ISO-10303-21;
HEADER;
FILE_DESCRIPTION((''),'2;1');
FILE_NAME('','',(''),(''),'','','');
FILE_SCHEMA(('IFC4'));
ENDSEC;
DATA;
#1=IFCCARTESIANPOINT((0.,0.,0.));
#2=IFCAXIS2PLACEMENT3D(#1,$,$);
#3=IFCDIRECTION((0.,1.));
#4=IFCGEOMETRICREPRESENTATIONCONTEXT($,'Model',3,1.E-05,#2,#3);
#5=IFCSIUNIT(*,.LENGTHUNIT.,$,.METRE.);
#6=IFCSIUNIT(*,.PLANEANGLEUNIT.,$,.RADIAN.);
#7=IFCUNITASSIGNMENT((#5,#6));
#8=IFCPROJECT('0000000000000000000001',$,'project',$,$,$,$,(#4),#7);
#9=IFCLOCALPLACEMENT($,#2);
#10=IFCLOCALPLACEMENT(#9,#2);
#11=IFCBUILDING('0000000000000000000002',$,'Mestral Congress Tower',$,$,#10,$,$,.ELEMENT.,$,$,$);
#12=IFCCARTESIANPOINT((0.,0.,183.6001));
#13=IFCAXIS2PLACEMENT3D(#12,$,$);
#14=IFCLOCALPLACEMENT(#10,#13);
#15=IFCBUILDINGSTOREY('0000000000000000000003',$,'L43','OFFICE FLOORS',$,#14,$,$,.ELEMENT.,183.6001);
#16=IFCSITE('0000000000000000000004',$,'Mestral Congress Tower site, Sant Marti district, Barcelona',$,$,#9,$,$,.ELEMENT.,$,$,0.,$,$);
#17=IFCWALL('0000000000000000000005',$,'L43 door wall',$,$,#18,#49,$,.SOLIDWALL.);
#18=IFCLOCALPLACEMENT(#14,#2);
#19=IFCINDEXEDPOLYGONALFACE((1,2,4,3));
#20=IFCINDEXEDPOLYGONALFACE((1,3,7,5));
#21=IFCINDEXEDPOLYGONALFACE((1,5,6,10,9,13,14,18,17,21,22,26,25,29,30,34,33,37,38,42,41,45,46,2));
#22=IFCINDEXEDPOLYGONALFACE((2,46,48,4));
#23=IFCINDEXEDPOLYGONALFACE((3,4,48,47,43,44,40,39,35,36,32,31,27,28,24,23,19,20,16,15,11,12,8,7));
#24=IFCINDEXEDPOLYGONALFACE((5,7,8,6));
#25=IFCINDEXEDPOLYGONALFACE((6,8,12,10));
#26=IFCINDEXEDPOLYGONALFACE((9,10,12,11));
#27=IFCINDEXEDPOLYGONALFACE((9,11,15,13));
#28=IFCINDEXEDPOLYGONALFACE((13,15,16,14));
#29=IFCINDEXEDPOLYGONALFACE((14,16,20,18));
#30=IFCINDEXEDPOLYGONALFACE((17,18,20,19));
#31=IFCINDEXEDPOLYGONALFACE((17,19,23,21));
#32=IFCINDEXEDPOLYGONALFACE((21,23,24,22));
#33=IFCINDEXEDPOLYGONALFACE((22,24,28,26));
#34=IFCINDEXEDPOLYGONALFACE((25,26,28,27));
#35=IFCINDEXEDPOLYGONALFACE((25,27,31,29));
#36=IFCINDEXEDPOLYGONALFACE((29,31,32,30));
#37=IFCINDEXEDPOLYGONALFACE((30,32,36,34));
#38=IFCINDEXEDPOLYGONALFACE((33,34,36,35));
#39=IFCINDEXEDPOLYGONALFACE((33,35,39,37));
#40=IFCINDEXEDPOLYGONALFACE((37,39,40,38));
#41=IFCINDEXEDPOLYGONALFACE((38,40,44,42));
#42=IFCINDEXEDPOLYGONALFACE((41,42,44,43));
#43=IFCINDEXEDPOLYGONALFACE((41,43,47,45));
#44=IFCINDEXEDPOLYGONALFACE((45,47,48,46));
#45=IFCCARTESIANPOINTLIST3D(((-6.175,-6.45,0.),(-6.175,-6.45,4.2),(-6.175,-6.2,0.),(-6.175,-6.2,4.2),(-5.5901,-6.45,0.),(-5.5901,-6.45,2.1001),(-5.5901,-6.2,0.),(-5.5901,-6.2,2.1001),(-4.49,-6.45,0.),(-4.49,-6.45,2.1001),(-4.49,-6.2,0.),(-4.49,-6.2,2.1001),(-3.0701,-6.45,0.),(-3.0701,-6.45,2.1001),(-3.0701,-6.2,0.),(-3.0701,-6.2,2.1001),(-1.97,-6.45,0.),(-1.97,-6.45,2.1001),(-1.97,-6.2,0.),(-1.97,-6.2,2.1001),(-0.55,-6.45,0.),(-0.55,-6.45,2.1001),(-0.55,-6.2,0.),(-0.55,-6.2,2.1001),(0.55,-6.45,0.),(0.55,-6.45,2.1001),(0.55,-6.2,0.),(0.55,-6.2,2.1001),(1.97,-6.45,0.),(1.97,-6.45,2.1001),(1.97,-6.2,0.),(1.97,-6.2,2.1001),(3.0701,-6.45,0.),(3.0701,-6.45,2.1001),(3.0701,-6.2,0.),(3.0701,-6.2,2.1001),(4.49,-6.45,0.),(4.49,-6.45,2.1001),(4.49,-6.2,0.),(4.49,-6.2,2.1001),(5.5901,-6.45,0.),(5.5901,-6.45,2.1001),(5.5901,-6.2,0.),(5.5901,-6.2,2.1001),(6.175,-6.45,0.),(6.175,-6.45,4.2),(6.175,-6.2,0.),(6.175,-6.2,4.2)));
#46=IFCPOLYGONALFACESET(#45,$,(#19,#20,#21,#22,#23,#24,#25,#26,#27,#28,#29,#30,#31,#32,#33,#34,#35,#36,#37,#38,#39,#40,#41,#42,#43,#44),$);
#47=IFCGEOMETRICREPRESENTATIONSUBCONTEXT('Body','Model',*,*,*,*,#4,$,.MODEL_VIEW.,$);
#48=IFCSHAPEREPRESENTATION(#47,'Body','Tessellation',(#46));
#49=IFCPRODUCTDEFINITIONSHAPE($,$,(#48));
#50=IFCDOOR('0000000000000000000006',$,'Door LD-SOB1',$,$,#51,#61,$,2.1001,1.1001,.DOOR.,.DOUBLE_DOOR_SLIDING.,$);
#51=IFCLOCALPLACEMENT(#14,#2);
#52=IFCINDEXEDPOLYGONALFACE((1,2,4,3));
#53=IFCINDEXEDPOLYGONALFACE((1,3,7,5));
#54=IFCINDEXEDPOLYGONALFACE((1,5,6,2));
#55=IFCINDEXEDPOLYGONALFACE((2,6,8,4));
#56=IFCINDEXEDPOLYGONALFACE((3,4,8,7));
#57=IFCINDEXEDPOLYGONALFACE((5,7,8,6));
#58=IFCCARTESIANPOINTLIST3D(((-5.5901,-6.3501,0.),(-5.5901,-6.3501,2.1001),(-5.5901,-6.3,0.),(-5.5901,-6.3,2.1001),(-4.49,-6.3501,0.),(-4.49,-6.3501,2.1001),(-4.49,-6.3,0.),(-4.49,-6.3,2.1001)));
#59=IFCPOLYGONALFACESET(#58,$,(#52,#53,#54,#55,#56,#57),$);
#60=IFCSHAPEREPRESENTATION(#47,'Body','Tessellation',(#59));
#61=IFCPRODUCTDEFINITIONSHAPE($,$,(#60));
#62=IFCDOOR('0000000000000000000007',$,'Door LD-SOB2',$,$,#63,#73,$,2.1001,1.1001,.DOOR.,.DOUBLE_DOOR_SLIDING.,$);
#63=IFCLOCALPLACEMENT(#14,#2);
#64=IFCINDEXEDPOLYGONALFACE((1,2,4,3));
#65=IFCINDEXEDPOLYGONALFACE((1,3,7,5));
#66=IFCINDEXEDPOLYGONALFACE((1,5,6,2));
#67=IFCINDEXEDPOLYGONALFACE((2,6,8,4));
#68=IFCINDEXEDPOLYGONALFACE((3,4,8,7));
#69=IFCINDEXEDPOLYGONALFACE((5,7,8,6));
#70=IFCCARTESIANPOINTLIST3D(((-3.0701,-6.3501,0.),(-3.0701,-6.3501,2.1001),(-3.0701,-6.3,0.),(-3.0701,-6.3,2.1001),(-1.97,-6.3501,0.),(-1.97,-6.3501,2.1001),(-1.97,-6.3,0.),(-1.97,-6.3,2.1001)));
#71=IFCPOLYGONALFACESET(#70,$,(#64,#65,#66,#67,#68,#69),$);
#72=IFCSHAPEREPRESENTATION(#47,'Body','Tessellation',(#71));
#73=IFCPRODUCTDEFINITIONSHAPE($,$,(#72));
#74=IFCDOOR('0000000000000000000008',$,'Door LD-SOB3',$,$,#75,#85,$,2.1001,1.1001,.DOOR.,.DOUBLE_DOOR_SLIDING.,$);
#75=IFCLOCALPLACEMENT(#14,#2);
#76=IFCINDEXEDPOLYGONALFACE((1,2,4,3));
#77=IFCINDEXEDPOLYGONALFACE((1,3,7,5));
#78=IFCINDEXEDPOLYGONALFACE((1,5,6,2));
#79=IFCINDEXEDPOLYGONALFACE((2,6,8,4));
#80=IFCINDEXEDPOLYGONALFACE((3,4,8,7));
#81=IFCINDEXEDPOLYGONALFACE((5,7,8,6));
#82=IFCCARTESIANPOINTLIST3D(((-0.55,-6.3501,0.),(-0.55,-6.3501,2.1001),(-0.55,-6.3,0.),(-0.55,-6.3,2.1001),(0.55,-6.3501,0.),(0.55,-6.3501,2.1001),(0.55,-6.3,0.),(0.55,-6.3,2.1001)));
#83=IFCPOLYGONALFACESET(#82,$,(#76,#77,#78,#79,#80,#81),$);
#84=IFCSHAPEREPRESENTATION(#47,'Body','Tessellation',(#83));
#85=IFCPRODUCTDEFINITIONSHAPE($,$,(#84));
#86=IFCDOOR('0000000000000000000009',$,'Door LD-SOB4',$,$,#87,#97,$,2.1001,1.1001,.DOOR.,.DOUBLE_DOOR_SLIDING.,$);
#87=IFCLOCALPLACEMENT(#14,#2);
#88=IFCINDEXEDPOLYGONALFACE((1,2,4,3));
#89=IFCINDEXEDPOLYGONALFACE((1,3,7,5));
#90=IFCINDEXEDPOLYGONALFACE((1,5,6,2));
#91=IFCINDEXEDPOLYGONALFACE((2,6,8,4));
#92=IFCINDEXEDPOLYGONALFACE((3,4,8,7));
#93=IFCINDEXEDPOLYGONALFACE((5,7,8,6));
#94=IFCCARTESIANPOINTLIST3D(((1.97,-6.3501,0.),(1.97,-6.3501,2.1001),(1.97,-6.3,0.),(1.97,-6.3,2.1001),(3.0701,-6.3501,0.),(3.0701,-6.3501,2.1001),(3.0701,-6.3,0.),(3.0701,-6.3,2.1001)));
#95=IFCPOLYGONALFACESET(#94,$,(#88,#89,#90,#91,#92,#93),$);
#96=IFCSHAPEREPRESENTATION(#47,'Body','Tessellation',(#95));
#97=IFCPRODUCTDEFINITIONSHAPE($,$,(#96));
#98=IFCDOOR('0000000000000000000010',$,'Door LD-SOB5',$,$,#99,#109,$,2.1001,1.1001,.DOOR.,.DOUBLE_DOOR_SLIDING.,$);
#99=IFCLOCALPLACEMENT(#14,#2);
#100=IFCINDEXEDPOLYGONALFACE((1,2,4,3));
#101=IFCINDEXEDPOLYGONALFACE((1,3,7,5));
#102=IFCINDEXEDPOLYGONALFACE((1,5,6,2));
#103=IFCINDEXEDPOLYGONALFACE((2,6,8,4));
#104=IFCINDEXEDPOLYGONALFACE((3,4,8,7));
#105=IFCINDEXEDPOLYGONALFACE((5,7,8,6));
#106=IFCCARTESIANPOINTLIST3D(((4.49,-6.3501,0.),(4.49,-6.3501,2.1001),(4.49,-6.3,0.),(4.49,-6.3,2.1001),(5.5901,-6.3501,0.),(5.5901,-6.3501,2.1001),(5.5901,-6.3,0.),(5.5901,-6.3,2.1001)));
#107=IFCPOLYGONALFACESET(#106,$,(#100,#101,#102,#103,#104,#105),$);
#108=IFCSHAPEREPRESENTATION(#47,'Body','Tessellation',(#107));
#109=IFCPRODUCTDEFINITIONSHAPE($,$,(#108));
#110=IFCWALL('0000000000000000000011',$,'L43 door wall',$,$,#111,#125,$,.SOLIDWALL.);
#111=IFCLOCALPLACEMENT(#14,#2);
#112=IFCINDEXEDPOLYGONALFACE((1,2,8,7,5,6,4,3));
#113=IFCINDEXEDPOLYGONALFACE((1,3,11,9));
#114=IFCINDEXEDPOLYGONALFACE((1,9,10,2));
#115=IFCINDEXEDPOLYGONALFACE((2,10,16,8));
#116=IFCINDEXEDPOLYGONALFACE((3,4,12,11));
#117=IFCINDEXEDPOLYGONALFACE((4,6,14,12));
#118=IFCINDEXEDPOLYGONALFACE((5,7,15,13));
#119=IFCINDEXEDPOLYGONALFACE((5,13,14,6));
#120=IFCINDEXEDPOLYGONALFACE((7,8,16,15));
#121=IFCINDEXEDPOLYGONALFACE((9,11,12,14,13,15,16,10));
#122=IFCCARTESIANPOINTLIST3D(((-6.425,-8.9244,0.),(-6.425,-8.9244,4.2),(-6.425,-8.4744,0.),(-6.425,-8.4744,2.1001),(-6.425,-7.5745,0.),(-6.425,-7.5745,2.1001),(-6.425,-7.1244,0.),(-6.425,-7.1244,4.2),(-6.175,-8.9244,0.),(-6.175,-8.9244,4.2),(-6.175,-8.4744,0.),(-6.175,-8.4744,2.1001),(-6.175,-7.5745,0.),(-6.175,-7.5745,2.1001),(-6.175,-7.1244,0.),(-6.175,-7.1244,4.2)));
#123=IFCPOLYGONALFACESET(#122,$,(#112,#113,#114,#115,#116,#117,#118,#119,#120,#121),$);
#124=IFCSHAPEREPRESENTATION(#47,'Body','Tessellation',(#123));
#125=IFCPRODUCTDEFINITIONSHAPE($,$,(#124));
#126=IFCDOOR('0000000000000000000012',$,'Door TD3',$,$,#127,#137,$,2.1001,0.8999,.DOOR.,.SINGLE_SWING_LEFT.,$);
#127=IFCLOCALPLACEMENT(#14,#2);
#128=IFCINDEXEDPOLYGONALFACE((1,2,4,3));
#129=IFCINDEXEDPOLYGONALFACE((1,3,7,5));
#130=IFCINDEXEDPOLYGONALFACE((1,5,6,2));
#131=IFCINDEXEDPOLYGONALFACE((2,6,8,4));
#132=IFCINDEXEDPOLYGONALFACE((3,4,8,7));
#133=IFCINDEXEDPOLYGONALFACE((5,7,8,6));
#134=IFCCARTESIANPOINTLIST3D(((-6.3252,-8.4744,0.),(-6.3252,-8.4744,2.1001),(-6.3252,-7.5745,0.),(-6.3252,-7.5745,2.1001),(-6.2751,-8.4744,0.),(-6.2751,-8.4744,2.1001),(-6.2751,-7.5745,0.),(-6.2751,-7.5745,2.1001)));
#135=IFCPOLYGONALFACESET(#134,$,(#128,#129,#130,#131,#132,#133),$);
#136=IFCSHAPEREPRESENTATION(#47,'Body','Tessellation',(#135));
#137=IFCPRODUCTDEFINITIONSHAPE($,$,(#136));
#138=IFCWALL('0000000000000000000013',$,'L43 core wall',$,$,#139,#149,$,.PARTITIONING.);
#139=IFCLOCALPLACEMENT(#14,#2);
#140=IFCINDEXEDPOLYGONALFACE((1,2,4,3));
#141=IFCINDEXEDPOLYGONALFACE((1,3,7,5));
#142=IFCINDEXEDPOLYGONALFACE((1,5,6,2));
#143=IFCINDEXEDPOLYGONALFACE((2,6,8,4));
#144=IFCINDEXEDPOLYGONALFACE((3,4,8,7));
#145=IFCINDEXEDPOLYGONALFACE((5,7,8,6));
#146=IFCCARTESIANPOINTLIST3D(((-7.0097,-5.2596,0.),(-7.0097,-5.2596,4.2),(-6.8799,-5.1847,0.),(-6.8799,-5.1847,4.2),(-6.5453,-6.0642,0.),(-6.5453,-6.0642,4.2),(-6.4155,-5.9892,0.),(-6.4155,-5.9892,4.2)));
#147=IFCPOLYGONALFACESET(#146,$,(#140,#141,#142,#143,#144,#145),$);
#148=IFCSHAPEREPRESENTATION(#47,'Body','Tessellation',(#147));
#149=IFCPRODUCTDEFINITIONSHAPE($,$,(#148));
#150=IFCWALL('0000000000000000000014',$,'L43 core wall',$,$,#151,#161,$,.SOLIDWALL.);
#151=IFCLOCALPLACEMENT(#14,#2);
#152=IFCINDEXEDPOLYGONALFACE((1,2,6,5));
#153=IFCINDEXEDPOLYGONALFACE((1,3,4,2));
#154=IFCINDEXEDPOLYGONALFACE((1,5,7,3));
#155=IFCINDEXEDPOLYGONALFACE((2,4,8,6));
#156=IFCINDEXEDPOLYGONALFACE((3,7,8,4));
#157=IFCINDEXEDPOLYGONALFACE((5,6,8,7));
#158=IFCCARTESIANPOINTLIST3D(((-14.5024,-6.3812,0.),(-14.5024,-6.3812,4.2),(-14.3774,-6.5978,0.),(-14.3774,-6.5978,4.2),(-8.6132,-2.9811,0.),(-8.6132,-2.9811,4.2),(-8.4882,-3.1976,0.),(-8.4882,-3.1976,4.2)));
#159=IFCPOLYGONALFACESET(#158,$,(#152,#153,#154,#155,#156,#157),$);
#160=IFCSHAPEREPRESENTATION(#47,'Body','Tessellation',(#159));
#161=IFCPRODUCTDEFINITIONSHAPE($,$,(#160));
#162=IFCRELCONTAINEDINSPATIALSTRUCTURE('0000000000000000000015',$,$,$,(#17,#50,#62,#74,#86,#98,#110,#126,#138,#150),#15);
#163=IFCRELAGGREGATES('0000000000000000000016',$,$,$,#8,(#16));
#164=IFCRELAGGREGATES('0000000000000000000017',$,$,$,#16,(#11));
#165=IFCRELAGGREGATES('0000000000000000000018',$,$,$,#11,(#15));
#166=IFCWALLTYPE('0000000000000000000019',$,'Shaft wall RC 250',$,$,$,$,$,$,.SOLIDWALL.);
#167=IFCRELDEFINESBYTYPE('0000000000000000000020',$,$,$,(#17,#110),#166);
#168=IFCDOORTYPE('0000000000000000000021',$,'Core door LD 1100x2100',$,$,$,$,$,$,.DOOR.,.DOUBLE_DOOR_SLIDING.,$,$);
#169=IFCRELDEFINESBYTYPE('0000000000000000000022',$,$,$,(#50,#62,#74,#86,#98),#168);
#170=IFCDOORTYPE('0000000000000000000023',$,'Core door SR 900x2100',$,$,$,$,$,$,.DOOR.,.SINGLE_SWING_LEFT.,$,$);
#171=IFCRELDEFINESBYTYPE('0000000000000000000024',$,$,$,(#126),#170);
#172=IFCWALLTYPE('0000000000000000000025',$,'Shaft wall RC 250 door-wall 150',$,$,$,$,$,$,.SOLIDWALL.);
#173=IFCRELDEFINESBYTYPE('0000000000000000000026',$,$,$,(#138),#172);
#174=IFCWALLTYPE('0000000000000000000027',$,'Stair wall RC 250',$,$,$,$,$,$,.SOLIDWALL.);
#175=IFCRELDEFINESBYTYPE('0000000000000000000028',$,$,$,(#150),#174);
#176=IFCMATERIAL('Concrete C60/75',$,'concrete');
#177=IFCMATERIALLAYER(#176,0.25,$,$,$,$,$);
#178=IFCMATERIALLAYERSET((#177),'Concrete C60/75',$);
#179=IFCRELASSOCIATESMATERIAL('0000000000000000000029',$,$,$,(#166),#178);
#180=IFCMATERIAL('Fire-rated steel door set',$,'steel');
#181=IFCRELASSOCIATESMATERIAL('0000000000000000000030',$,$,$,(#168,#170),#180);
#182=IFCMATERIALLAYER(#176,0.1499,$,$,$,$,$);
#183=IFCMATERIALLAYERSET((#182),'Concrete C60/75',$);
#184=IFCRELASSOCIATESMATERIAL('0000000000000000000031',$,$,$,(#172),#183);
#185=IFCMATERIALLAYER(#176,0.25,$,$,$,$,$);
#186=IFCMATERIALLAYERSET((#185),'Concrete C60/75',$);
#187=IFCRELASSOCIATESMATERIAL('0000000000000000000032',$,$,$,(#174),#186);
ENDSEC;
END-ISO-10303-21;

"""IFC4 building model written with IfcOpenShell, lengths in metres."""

from ifc_helpers import new_model, si_unit, direction, frame, frame_2d, origin, place, context, subcontext, project, spatial, rectangle, extrude, material, layer, layer_set, type_object, element, fill, save


model = new_model("IFC4")

# Units and contexts
model_context = context("Model", 3, precision=1e-05, world=origin(), true_north=direction((0.0, 1.0)))
body_context = subcontext(model_context, "Body", "Model", "MODEL_VIEW")
ifc_project = project(units=[si_unit("LENGTHUNIT", "METRE"), si_unit("PLANEANGLEUNIT", "RADIAN")], contexts=[model_context])

# Site, building, storey
site_placement = place(None, origin())
site = spatial("IfcSite", under=ifc_project, at=site_placement, Name="Mestral Congress Tower site, Sant Marti district, Barcelona", CompositionType="ELEMENT", RefElevation=0.0)
building_placement = place(site_placement, origin())
building = spatial("IfcBuilding", under=site, at=building_placement, Name="Mestral Congress Tower", CompositionType="ELEMENT")
storey_placement = place(building_placement, frame((0.0, 0.0, 183.6001)))
storey = spatial("IfcBuildingStorey", under=building, at=storey_placement, Name="L43", Description="OFFICE FLOORS", CompositionType="ELEMENT", Elevation=183.6001)

# Shared definitions
ifc_material_1 = material(Name="Fire-rated steel door set", Category="steel")

# Shared definitions
ifc_material_2 = material(Name="Concrete C60/75", Category="concrete")
ifc_layer_1 = layer(ifc_material_2, 0.25)
ifc_layer_set_1 = layer_set([ifc_layer_1], Name="Concrete C60/75")
wall_type_1 = type_object("IfcWallType", Name="Shaft wall RC 250", PredefinedType="SOLIDWALL", material=ifc_layer_set_1)

# Wall, openings, doors
wall_1_placement = place(storey_placement, frame((-6.175, -6.325, 0.0), z_axis=(0.0, 0.0, 1.0), x_axis=(1.0, 0.0, 0.0)))
wall_1 = element("IfcWall", 1, at=wall_1_placement, inside=storey, type_object=wall_type_1, Name="L43 door wall", PredefinedType="SOLIDWALL", context=body_context, shape_type="SweptSolid", body=[
    extrude(rectangle(XDim=12.3501, YDim=0.25, at=frame_2d((6.175, 0.0))), origin(), (0.0, 0.0, 1.0), 4.2),
])
opening_1_placement = place(wall_1_placement, frame((0.585, 0.0, 0.0)))
opening_1 = element("IfcOpeningElement", 2, at=opening_1_placement, cuts=wall_1, PredefinedType="OPENING", context=body_context, shape_type="SweptSolid", body=[
    extrude(rectangle(XDim=1.1001, YDim=2.1001, at=frame_2d((0.55, 1.05))), frame((0.0, 0.135, 0.0), z_axis=(0.0, -1.0, 0.0), x_axis=(1.0, 0.0, 0.0)), (0.0, 0.0, 1.0), 0.27),
])
opening_2_placement = place(wall_1_placement, frame((3.105, 0.0, 0.0)))
opening_2 = element("IfcOpeningElement", 3, at=opening_2_placement, cuts=wall_1, PredefinedType="OPENING", context=body_context, shape_type="SweptSolid", body=[
    extrude(rectangle(XDim=1.1001, YDim=2.1001, at=frame_2d((0.55, 1.05))), frame((0.0, 0.135, 0.0), z_axis=(0.0, -1.0, 0.0), x_axis=(1.0, 0.0, 0.0)), (0.0, 0.0, 1.0), 0.27),
])
opening_3_placement = place(wall_1_placement, frame((5.625, 0.0, 0.0)))
opening_3 = element("IfcOpeningElement", 4, at=opening_3_placement, cuts=wall_1, PredefinedType="OPENING", context=body_context, shape_type="SweptSolid", body=[
    extrude(rectangle(XDim=1.1001, YDim=2.1001, at=frame_2d((0.55, 1.05))), frame((0.0, 0.135, 0.0), z_axis=(0.0, -1.0, 0.0), x_axis=(1.0, 0.0, 0.0)), (0.0, 0.0, 1.0), 0.27),
])
opening_4_placement = place(wall_1_placement, frame((8.145, 0.0, 0.0)))
opening_4 = element("IfcOpeningElement", 5, at=opening_4_placement, cuts=wall_1, PredefinedType="OPENING", context=body_context, shape_type="SweptSolid", body=[
    extrude(rectangle(XDim=1.1001, YDim=2.1001, at=frame_2d((0.55, 1.05))), frame((0.0, 0.135, 0.0), z_axis=(0.0, -1.0, 0.0), x_axis=(1.0, 0.0, 0.0)), (0.0, 0.0, 1.0), 0.27),
])
opening_5_placement = place(wall_1_placement, frame((10.665, 0.0, 0.0)))
opening_5 = element("IfcOpeningElement", 6, at=opening_5_placement, cuts=wall_1, PredefinedType="OPENING", context=body_context, shape_type="SweptSolid", body=[
    extrude(rectangle(XDim=1.1001, YDim=2.1001, at=frame_2d((0.55, 1.05))), frame((0.0, 0.135, 0.0), z_axis=(0.0, -1.0, 0.0), x_axis=(1.0, 0.0, 0.0)), (0.0, 0.0, 1.0), 0.27),
])
door_type_1 = type_object("IfcDoorType", Name="Core door LD 1100x2100", OperationType="DOUBLE_DOOR_SLIDING", PredefinedType="DOOR", material=ifc_material_1)
door_1_placement = place(opening_1_placement, origin())
door_1 = element("IfcDoor", 7, at=door_1_placement, inside=storey, type_object=door_type_1, Name="Door LD-SOB1", OperationType="DOUBLE_DOOR_SLIDING", OverallHeight=2.1001, OverallWidth=1.1001, PredefinedType="DOOR", context=body_context, shape_type="SweptSolid", body=[
    extrude(rectangle(XDim=1.1001, YDim=2.1001, at=frame_2d((0.55, 1.05))), frame((0.0, 0.0249, 0.0), z_axis=(0.0, -1.0, 0.0), x_axis=(1.0, 0.0, 0.0)), (0.0, 0.0, 1.0), 0.05),
])
fill(opening_1, door_1)
door_2_placement = place(opening_2_placement, origin())
door_2 = element("IfcDoor", 8, at=door_2_placement, inside=storey, type_object=door_type_1, Name="Door LD-SOB2", OperationType="DOUBLE_DOOR_SLIDING", OverallHeight=2.1001, OverallWidth=1.1001, PredefinedType="DOOR", context=body_context, shape_type="SweptSolid", body=[
    extrude(rectangle(XDim=1.1001, YDim=2.1001, at=frame_2d((0.55, 1.05))), frame((0.0, 0.0249, 0.0), z_axis=(0.0, -1.0, 0.0), x_axis=(1.0, 0.0, 0.0)), (0.0, 0.0, 1.0), 0.05),
])
fill(opening_2, door_2)
door_3_placement = place(opening_3_placement, origin())
door_3 = element("IfcDoor", 9, at=door_3_placement, inside=storey, type_object=door_type_1, Name="Door LD-SOB3", OperationType="DOUBLE_DOOR_SLIDING", OverallHeight=2.1001, OverallWidth=1.1001, PredefinedType="DOOR", context=body_context, shape_type="SweptSolid", body=[
    extrude(rectangle(XDim=1.1001, YDim=2.1001, at=frame_2d((0.55, 1.05))), frame((0.0, 0.0249, 0.0), z_axis=(0.0, -1.0, 0.0), x_axis=(1.0, 0.0, 0.0)), (0.0, 0.0, 1.0), 0.05),
])
fill(opening_3, door_3)
door_4_placement = place(opening_4_placement, origin())
door_4 = element("IfcDoor", 10, at=door_4_placement, inside=storey, type_object=door_type_1, Name="Door LD-SOB4", OperationType="DOUBLE_DOOR_SLIDING", OverallHeight=2.1001, OverallWidth=1.1001, PredefinedType="DOOR", context=body_context, shape_type="SweptSolid", body=[
    extrude(rectangle(XDim=1.1001, YDim=2.1001, at=frame_2d((0.55, 1.05))), frame((0.0, 0.0249, 0.0), z_axis=(0.0, -1.0, 0.0), x_axis=(1.0, 0.0, 0.0)), (0.0, 0.0, 1.0), 0.05),
])
fill(opening_4, door_4)
door_5_placement = place(opening_5_placement, origin())
door_5 = element("IfcDoor", 11, at=door_5_placement, inside=storey, type_object=door_type_1, Name="Door LD-SOB5", OperationType="DOUBLE_DOOR_SLIDING", OverallHeight=2.1001, OverallWidth=1.1001, PredefinedType="DOOR", context=body_context, shape_type="SweptSolid", body=[
    extrude(rectangle(XDim=1.1001, YDim=2.1001, at=frame_2d((0.55, 1.05))), frame((0.0, 0.0249, 0.0), z_axis=(0.0, -1.0, 0.0), x_axis=(1.0, 0.0, 0.0)), (0.0, 0.0, 1.0), 0.05),
])
fill(opening_5, door_5)

# Wall, opening, door
wall_2_placement = place(storey_placement, frame((-6.3, -7.1245, 0.0), z_axis=(0.0, 0.0, 1.0), x_axis=(0.0, -1.0, 0.0)))
wall_2 = element("IfcWall", 12, at=wall_2_placement, inside=storey, type_object=wall_type_1, Name="L43 door wall", PredefinedType="SOLIDWALL", context=body_context, shape_type="SweptSolid", body=[
    extrude(rectangle(XDim=1.8, YDim=0.25, at=frame_2d((0.8999, 0.0))), origin(), (0.0, 0.0, 1.0), 4.2),
])
opening_6_placement = place(wall_2_placement, frame((0.45, 0.0, 0.0)))
opening_6 = element("IfcOpeningElement", 13, at=opening_6_placement, cuts=wall_2, PredefinedType="OPENING", context=body_context, shape_type="SweptSolid", body=[
    extrude(rectangle(XDim=0.8999, YDim=2.1001, at=frame_2d((0.45, 1.05))), frame((0.0, 0.135, 0.0), z_axis=(0.0, -1.0, 0.0), x_axis=(1.0, 0.0, 0.0)), (0.0, 0.0, 1.0), 0.27),
])
door_type_2 = type_object("IfcDoorType", Name="Core door SR 900x2100", OperationType="SINGLE_SWING_LEFT", PredefinedType="DOOR", material=ifc_material_1)
door_6_placement = place(opening_6_placement, origin())
door_6 = element("IfcDoor", 14, at=door_6_placement, inside=storey, type_object=door_type_2, Name="Door TD3", OperationType="SINGLE_SWING_LEFT", OverallHeight=2.1001, OverallWidth=0.8999, PredefinedType="DOOR", context=body_context, shape_type="SweptSolid", body=[
    extrude(rectangle(XDim=0.8999, YDim=2.1001, at=frame_2d((0.45, 1.05))), frame((0.0, 0.0249, 0.0), z_axis=(0.0, -1.0, 0.0), x_axis=(1.0, 0.0, 0.0)), (0.0, 0.0, 1.0), 0.05),
])
fill(opening_6, door_6)

# Walls
ifc_layer_2 = layer(ifc_material_2, 0.1499)
ifc_layer_set_2 = layer_set([ifc_layer_2], Name="Concrete C60/75")
wall_type_2 = type_object("IfcWallType", Name="Shaft wall RC 250 door-wall 150", PredefinedType="SOLIDWALL", material=ifc_layer_set_2)
wall_3_placement = place(storey_placement, frame((-6.4805, -6.0266, 0.0), z_axis=(0.0, 0.0, 1.0), x_axis=(-0.499927, 0.866067, 0.0)))
element("IfcWall", 15, at=wall_3_placement, inside=storey, type_object=wall_type_2, Name="L43 core wall", PredefinedType="PARTITIONING", context=body_context, shape_type="SweptSolid", body=[
    extrude(rectangle(XDim=0.929, YDim=0.1499, at=frame_2d((0.4644, 0.0))), origin(), (0.0, 0.0, 1.0), 4.2),
])
ifc_layer_3 = layer(ifc_material_2, 0.25)
ifc_layer_set_3 = layer_set([ifc_layer_3], Name="Concrete C60/75")
wall_type_3 = type_object("IfcWallType", Name="Stair wall RC 250", PredefinedType="SOLIDWALL", material=ifc_layer_set_3)
wall_4_placement = place(storey_placement, frame((-14.4399, -6.4895, 0.0), z_axis=(0.0, 0.0, 1.0), x_axis=(0.866023, 0.500004, 0.0)))
element("IfcWall", 16, at=wall_4_placement, inside=storey, type_object=wall_type_3, Name="L43 core wall", PredefinedType="SOLIDWALL", context=body_context, shape_type="SweptSolid", body=[
    extrude(rectangle(XDim=6.8003, YDim=0.25, at=frame_2d((3.4001, 0.0))), origin(), (0.0, 0.0, 1.0), 4.2),
])

save(model, "model.ifc")
